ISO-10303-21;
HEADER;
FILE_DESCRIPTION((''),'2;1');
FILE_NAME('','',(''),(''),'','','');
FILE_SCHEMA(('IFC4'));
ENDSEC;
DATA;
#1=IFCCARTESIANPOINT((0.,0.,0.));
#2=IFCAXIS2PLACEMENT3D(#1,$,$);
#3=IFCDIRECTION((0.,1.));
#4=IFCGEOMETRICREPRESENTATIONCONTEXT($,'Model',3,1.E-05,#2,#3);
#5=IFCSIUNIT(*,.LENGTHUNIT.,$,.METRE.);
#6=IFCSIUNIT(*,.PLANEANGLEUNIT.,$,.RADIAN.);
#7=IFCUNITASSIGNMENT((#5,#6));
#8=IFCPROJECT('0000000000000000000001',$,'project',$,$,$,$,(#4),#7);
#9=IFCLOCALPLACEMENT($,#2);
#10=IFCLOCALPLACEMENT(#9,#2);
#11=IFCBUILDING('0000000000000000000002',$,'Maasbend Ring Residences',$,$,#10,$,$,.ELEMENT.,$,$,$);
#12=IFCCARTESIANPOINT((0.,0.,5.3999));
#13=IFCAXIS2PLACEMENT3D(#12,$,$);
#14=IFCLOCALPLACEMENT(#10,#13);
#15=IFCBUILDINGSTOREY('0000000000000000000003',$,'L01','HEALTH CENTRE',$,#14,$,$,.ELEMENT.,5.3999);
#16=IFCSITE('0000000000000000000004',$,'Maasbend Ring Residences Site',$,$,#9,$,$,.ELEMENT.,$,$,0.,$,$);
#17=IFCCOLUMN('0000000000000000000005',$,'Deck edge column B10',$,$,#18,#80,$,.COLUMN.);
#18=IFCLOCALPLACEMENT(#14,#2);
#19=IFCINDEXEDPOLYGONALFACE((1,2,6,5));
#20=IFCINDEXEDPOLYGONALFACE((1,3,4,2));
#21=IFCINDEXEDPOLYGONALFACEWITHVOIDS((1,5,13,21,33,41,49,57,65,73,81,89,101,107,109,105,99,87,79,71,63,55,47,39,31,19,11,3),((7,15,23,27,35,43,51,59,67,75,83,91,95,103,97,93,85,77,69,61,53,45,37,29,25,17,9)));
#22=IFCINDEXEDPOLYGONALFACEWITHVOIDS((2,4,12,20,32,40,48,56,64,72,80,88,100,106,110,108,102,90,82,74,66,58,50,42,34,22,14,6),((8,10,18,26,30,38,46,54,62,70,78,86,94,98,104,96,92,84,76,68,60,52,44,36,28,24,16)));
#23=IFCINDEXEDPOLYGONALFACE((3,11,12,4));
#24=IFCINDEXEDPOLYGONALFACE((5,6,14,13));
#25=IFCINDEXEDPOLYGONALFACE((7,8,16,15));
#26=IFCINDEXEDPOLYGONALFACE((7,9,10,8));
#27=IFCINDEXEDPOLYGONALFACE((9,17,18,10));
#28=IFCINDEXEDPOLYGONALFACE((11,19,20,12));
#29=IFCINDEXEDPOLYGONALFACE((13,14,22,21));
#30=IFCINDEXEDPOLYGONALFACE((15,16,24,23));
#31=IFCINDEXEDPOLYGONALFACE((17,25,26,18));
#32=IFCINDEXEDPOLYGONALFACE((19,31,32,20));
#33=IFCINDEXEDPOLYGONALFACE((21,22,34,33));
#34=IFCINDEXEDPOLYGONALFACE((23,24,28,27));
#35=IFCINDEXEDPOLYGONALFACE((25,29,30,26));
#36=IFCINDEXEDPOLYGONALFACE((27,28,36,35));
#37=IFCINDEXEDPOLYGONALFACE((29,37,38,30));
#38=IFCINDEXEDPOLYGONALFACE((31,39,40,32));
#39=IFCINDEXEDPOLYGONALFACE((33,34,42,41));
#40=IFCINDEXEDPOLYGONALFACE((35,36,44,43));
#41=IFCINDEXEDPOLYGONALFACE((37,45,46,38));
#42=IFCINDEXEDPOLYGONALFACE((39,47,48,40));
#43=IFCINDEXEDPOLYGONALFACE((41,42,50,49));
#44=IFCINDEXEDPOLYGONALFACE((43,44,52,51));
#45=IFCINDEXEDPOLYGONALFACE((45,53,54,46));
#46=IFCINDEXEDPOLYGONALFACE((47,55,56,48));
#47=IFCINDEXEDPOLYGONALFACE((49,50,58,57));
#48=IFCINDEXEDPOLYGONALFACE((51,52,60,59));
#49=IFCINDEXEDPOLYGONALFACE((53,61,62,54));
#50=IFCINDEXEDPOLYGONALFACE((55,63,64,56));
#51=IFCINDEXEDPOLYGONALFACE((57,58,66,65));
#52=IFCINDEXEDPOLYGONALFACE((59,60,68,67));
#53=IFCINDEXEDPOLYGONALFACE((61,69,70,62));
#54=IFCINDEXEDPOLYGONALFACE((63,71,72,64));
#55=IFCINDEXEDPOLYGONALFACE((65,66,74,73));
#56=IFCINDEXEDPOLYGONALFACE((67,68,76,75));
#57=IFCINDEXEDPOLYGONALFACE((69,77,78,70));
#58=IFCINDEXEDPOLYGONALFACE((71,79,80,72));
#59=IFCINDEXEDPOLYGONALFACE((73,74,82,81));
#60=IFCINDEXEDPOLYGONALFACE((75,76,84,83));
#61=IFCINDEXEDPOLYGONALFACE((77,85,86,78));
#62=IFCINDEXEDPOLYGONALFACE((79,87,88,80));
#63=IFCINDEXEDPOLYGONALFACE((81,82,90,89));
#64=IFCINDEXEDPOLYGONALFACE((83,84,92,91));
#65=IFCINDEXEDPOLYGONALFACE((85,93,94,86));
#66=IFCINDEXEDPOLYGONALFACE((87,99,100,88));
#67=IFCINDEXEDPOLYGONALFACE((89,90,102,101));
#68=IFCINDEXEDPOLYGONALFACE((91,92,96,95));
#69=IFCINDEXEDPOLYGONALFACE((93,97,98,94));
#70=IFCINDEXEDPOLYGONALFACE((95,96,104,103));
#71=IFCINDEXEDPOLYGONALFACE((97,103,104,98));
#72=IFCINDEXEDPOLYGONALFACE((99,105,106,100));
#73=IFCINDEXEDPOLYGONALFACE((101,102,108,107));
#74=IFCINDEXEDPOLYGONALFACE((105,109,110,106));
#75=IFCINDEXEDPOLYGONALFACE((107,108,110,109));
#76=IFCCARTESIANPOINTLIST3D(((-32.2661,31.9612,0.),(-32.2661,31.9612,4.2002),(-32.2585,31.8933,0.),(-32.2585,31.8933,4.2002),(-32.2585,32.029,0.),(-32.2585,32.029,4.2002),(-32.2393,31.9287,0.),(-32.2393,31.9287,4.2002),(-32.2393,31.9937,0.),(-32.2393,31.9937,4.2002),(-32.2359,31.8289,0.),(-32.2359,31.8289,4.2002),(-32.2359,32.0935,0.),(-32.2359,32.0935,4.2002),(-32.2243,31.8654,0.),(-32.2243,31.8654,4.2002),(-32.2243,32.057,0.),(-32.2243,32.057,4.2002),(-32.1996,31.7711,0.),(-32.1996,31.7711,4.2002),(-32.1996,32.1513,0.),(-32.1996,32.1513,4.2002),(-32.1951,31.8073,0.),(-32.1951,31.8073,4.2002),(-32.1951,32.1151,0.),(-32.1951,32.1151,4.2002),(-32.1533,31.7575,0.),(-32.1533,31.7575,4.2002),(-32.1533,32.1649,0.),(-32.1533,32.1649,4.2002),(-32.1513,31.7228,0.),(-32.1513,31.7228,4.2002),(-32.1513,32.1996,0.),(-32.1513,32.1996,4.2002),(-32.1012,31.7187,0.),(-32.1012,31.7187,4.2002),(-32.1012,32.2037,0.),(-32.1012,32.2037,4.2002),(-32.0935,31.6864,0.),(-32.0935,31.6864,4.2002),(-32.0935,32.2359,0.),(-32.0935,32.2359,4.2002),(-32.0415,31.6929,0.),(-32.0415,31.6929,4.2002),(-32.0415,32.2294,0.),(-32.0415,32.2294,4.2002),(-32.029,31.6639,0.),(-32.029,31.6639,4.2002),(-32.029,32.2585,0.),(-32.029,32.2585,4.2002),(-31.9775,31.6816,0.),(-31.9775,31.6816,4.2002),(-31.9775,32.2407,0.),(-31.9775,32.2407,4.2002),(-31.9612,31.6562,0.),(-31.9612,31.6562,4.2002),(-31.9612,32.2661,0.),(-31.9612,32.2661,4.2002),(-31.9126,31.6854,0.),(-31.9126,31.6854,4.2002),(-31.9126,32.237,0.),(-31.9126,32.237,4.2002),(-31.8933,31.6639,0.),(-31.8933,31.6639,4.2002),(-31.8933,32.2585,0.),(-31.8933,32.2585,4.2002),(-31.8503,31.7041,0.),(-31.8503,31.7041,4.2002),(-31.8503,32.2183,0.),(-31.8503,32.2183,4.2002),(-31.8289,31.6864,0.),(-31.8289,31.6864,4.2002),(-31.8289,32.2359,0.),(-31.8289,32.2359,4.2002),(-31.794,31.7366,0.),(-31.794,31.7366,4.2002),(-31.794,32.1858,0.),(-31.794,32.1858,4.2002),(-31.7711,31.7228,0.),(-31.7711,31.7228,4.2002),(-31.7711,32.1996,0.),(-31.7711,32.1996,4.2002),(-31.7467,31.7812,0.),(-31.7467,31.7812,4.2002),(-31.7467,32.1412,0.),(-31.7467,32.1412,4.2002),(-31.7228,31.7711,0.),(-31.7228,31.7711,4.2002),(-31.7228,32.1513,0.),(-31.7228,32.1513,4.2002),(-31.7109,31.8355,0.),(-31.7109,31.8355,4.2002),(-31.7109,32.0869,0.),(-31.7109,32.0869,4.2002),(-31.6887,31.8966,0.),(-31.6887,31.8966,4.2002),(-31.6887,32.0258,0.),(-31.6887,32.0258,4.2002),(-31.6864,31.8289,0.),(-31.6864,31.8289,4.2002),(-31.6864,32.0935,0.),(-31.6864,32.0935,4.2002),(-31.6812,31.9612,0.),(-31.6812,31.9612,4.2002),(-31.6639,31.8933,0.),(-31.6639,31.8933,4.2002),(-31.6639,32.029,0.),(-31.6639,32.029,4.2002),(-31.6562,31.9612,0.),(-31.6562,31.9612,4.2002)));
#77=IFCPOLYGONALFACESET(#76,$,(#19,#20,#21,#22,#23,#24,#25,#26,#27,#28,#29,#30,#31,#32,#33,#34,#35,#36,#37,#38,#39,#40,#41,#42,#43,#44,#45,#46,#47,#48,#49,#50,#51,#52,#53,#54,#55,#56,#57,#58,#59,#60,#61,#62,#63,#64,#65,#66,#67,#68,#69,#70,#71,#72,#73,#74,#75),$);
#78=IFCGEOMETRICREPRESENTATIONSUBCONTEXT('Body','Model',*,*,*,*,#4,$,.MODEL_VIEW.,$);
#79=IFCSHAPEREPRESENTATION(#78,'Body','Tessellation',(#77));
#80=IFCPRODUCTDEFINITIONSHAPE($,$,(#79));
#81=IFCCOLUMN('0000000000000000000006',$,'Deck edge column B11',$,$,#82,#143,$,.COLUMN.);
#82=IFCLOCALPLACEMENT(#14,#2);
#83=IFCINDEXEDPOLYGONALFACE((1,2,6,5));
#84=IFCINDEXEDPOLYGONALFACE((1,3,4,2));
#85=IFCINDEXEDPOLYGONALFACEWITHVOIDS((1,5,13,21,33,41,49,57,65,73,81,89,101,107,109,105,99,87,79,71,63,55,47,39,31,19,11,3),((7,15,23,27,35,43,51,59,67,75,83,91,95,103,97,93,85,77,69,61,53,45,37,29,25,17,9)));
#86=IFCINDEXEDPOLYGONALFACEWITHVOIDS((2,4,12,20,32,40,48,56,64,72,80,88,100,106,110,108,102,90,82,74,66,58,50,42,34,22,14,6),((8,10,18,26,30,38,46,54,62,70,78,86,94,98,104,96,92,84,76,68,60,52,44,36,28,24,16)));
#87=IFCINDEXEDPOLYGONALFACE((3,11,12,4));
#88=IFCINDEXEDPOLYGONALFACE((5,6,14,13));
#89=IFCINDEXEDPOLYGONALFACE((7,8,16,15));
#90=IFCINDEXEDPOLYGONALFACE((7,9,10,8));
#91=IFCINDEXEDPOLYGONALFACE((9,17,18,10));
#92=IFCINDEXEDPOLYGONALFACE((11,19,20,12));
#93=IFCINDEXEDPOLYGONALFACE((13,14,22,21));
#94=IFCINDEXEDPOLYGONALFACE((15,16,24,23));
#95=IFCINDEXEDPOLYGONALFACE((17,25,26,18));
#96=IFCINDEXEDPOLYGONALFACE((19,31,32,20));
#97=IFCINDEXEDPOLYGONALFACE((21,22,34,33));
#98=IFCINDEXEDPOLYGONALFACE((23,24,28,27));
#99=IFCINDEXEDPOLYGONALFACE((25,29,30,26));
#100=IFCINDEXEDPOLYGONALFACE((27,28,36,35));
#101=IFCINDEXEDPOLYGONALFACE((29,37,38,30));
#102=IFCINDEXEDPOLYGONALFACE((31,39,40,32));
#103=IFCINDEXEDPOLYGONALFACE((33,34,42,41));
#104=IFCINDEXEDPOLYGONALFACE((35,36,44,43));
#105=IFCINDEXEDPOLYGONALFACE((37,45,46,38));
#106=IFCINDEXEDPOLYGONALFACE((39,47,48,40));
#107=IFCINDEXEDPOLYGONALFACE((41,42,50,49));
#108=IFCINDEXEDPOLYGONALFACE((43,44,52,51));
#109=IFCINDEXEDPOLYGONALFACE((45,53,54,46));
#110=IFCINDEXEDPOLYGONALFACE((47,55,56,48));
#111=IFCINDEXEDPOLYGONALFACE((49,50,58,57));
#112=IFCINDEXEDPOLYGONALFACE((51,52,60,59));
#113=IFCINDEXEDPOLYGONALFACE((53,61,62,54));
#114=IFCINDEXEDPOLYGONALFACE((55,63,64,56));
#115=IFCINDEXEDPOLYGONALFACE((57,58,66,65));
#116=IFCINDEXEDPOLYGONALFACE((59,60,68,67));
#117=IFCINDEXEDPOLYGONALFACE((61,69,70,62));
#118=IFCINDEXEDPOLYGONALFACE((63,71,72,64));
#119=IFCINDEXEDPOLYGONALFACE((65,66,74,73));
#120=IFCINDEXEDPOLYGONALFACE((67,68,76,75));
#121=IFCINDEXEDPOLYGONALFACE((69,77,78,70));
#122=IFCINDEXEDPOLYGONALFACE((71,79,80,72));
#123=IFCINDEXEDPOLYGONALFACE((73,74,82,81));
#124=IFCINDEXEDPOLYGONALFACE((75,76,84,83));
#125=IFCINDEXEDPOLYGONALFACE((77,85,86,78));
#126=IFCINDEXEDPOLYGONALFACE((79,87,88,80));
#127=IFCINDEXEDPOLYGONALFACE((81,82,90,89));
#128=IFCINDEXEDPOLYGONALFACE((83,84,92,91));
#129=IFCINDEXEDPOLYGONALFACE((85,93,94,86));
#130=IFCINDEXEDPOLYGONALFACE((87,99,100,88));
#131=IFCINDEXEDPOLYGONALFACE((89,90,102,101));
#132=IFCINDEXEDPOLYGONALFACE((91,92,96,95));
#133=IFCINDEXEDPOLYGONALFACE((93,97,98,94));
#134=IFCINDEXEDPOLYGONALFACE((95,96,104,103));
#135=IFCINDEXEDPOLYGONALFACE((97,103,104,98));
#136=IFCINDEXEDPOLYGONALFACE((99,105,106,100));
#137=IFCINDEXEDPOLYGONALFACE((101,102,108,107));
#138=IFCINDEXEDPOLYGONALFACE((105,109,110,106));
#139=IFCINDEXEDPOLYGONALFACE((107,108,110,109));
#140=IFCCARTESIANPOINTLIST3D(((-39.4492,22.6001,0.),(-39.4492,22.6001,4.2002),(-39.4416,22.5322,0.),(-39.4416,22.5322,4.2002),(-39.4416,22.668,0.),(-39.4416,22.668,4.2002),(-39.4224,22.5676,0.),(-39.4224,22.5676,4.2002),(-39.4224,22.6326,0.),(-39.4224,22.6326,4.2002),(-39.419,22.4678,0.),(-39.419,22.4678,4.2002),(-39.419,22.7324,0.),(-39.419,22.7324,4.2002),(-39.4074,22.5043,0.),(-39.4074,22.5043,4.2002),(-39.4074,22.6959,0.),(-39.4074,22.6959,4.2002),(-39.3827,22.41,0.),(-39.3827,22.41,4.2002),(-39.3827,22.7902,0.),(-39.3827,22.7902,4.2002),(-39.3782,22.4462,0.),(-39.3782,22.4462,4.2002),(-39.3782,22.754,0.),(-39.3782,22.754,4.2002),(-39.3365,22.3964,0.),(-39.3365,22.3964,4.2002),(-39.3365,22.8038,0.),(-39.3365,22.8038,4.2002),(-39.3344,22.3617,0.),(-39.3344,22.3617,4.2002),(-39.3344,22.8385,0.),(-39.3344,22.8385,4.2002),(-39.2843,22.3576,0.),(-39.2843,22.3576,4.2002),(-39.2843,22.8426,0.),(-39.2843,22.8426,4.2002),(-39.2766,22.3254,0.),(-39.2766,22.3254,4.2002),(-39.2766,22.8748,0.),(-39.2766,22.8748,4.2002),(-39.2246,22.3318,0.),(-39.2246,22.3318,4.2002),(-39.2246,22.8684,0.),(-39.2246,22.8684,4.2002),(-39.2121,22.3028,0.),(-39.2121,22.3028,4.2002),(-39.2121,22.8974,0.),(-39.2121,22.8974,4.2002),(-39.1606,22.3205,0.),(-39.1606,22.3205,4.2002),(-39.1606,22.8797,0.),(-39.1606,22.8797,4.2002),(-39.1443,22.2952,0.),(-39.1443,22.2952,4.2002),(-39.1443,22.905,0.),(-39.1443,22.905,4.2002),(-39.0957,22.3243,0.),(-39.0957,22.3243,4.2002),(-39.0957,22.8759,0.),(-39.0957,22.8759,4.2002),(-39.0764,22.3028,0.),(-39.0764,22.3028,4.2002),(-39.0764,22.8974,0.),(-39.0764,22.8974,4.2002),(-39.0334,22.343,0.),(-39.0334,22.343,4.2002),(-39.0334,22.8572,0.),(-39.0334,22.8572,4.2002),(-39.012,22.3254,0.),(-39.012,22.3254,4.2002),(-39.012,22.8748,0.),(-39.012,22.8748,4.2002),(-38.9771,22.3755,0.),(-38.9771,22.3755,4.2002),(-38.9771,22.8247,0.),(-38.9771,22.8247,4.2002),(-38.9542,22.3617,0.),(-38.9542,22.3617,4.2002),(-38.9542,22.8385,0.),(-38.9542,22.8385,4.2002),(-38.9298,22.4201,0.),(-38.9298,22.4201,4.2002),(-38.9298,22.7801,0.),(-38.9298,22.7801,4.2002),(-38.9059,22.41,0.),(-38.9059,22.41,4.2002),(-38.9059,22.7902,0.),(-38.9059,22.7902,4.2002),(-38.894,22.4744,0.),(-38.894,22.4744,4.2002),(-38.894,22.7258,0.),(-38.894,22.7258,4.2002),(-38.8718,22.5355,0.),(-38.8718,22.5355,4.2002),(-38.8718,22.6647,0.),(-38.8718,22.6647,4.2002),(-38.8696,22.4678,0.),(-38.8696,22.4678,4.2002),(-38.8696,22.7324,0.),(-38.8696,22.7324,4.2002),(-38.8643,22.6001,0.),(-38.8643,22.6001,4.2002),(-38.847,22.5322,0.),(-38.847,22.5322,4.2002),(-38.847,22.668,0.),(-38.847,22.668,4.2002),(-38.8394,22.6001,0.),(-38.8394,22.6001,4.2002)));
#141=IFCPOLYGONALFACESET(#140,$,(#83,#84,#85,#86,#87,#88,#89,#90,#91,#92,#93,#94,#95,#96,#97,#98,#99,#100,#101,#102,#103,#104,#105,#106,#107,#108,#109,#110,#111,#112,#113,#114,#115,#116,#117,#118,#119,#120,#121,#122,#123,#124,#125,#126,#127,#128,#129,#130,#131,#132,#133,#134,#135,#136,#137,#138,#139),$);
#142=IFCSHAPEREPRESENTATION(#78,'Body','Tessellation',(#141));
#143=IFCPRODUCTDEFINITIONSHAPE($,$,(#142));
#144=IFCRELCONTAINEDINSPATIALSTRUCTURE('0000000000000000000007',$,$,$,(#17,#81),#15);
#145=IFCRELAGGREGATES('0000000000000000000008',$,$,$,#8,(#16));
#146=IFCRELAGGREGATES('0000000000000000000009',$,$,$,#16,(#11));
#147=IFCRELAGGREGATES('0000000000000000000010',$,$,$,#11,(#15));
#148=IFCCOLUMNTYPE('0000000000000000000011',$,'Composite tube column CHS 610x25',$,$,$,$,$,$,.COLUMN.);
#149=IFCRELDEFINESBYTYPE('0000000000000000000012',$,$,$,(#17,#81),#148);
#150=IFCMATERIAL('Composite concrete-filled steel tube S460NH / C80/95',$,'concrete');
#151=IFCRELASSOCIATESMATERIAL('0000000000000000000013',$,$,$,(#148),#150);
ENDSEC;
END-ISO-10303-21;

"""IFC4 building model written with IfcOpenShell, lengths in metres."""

from ifc_helpers import new_model, si_unit, direction, frame, origin, origin_2d, place, context, subcontext, project, spatial, hollow_circle, extrude, material, material_profile, profile_set, type_object, element, save


model = new_model("IFC4")

# Units and contexts
model_context = context("Model", 3, precision=1e-05, world=origin(), true_north=direction((0.0, 1.0)))
body_context = subcontext(model_context, "Body", "Model", "MODEL_VIEW")
ifc_project = project(units=[si_unit("LENGTHUNIT", "METRE"), si_unit("PLANEANGLEUNIT", "RADIAN")], contexts=[model_context])

# Site, building, storey
site_placement = place(None, origin())
site = spatial("IfcSite", under=ifc_project, at=site_placement, Name="Maasbend Ring Residences Site", CompositionType="ELEMENT", RefElevation=0.0)
building_placement = place(site_placement, origin())
building = spatial("IfcBuilding", under=site, at=building_placement, Name="Maasbend Ring Residences", CompositionType="ELEMENT")
storey_placement = place(building_placement, frame((0.0, 0.0, 5.3999)))
storey = spatial("IfcBuildingStorey", under=building, at=storey_placement, Name="L01", Description="HEALTH CENTRE", CompositionType="ELEMENT", Elevation=5.3999)

# Columns
ifc_material_1 = material(Name="Composite concrete-filled steel tube S460NH / C80/95", Category="concrete")
ifc_material_profile_1 = material_profile(ifc_material_1, hollow_circle(Radius=0.3049, WallThickness=0.0249, at=origin_2d()), Name="Composite tube column CHS 610x25")
ifc_profile_set_1 = profile_set([ifc_material_profile_1], Name="Composite concrete-filled steel tube S460NH / C80/95")
column_type_1 = type_object("IfcColumnType", Name="Composite tube column CHS 610x25", PredefinedType="COLUMN", material=ifc_profile_set_1)
for number, where, z_axis, x_axis, name in (
    (1, (-31.9612, 31.9612, 0.0), (0.0, 0.0, 1.0), (1.0, 0.0, 0.0), "Deck edge column B10"),
    (2, (-39.1443, 22.6001, 0.0), (0.0, 0.0, 1.0), (1.0, 0.0, 0.0), "Deck edge column B11"),
):
    element("IfcColumn", number, at=place(storey_placement, frame(where, z_axis=z_axis, x_axis=x_axis)), inside=storey, type_object=column_type_1, Name=name, PredefinedType="COLUMN", context=body_context, shape_type="SweptSolid", body=[
        extrude(hollow_circle(Radius=0.3049, WallThickness=0.0249, at=origin_2d()), origin(), (0.0, 0.0, 1.0), 4.2002),
    ])

save(model, "model.ifc")
